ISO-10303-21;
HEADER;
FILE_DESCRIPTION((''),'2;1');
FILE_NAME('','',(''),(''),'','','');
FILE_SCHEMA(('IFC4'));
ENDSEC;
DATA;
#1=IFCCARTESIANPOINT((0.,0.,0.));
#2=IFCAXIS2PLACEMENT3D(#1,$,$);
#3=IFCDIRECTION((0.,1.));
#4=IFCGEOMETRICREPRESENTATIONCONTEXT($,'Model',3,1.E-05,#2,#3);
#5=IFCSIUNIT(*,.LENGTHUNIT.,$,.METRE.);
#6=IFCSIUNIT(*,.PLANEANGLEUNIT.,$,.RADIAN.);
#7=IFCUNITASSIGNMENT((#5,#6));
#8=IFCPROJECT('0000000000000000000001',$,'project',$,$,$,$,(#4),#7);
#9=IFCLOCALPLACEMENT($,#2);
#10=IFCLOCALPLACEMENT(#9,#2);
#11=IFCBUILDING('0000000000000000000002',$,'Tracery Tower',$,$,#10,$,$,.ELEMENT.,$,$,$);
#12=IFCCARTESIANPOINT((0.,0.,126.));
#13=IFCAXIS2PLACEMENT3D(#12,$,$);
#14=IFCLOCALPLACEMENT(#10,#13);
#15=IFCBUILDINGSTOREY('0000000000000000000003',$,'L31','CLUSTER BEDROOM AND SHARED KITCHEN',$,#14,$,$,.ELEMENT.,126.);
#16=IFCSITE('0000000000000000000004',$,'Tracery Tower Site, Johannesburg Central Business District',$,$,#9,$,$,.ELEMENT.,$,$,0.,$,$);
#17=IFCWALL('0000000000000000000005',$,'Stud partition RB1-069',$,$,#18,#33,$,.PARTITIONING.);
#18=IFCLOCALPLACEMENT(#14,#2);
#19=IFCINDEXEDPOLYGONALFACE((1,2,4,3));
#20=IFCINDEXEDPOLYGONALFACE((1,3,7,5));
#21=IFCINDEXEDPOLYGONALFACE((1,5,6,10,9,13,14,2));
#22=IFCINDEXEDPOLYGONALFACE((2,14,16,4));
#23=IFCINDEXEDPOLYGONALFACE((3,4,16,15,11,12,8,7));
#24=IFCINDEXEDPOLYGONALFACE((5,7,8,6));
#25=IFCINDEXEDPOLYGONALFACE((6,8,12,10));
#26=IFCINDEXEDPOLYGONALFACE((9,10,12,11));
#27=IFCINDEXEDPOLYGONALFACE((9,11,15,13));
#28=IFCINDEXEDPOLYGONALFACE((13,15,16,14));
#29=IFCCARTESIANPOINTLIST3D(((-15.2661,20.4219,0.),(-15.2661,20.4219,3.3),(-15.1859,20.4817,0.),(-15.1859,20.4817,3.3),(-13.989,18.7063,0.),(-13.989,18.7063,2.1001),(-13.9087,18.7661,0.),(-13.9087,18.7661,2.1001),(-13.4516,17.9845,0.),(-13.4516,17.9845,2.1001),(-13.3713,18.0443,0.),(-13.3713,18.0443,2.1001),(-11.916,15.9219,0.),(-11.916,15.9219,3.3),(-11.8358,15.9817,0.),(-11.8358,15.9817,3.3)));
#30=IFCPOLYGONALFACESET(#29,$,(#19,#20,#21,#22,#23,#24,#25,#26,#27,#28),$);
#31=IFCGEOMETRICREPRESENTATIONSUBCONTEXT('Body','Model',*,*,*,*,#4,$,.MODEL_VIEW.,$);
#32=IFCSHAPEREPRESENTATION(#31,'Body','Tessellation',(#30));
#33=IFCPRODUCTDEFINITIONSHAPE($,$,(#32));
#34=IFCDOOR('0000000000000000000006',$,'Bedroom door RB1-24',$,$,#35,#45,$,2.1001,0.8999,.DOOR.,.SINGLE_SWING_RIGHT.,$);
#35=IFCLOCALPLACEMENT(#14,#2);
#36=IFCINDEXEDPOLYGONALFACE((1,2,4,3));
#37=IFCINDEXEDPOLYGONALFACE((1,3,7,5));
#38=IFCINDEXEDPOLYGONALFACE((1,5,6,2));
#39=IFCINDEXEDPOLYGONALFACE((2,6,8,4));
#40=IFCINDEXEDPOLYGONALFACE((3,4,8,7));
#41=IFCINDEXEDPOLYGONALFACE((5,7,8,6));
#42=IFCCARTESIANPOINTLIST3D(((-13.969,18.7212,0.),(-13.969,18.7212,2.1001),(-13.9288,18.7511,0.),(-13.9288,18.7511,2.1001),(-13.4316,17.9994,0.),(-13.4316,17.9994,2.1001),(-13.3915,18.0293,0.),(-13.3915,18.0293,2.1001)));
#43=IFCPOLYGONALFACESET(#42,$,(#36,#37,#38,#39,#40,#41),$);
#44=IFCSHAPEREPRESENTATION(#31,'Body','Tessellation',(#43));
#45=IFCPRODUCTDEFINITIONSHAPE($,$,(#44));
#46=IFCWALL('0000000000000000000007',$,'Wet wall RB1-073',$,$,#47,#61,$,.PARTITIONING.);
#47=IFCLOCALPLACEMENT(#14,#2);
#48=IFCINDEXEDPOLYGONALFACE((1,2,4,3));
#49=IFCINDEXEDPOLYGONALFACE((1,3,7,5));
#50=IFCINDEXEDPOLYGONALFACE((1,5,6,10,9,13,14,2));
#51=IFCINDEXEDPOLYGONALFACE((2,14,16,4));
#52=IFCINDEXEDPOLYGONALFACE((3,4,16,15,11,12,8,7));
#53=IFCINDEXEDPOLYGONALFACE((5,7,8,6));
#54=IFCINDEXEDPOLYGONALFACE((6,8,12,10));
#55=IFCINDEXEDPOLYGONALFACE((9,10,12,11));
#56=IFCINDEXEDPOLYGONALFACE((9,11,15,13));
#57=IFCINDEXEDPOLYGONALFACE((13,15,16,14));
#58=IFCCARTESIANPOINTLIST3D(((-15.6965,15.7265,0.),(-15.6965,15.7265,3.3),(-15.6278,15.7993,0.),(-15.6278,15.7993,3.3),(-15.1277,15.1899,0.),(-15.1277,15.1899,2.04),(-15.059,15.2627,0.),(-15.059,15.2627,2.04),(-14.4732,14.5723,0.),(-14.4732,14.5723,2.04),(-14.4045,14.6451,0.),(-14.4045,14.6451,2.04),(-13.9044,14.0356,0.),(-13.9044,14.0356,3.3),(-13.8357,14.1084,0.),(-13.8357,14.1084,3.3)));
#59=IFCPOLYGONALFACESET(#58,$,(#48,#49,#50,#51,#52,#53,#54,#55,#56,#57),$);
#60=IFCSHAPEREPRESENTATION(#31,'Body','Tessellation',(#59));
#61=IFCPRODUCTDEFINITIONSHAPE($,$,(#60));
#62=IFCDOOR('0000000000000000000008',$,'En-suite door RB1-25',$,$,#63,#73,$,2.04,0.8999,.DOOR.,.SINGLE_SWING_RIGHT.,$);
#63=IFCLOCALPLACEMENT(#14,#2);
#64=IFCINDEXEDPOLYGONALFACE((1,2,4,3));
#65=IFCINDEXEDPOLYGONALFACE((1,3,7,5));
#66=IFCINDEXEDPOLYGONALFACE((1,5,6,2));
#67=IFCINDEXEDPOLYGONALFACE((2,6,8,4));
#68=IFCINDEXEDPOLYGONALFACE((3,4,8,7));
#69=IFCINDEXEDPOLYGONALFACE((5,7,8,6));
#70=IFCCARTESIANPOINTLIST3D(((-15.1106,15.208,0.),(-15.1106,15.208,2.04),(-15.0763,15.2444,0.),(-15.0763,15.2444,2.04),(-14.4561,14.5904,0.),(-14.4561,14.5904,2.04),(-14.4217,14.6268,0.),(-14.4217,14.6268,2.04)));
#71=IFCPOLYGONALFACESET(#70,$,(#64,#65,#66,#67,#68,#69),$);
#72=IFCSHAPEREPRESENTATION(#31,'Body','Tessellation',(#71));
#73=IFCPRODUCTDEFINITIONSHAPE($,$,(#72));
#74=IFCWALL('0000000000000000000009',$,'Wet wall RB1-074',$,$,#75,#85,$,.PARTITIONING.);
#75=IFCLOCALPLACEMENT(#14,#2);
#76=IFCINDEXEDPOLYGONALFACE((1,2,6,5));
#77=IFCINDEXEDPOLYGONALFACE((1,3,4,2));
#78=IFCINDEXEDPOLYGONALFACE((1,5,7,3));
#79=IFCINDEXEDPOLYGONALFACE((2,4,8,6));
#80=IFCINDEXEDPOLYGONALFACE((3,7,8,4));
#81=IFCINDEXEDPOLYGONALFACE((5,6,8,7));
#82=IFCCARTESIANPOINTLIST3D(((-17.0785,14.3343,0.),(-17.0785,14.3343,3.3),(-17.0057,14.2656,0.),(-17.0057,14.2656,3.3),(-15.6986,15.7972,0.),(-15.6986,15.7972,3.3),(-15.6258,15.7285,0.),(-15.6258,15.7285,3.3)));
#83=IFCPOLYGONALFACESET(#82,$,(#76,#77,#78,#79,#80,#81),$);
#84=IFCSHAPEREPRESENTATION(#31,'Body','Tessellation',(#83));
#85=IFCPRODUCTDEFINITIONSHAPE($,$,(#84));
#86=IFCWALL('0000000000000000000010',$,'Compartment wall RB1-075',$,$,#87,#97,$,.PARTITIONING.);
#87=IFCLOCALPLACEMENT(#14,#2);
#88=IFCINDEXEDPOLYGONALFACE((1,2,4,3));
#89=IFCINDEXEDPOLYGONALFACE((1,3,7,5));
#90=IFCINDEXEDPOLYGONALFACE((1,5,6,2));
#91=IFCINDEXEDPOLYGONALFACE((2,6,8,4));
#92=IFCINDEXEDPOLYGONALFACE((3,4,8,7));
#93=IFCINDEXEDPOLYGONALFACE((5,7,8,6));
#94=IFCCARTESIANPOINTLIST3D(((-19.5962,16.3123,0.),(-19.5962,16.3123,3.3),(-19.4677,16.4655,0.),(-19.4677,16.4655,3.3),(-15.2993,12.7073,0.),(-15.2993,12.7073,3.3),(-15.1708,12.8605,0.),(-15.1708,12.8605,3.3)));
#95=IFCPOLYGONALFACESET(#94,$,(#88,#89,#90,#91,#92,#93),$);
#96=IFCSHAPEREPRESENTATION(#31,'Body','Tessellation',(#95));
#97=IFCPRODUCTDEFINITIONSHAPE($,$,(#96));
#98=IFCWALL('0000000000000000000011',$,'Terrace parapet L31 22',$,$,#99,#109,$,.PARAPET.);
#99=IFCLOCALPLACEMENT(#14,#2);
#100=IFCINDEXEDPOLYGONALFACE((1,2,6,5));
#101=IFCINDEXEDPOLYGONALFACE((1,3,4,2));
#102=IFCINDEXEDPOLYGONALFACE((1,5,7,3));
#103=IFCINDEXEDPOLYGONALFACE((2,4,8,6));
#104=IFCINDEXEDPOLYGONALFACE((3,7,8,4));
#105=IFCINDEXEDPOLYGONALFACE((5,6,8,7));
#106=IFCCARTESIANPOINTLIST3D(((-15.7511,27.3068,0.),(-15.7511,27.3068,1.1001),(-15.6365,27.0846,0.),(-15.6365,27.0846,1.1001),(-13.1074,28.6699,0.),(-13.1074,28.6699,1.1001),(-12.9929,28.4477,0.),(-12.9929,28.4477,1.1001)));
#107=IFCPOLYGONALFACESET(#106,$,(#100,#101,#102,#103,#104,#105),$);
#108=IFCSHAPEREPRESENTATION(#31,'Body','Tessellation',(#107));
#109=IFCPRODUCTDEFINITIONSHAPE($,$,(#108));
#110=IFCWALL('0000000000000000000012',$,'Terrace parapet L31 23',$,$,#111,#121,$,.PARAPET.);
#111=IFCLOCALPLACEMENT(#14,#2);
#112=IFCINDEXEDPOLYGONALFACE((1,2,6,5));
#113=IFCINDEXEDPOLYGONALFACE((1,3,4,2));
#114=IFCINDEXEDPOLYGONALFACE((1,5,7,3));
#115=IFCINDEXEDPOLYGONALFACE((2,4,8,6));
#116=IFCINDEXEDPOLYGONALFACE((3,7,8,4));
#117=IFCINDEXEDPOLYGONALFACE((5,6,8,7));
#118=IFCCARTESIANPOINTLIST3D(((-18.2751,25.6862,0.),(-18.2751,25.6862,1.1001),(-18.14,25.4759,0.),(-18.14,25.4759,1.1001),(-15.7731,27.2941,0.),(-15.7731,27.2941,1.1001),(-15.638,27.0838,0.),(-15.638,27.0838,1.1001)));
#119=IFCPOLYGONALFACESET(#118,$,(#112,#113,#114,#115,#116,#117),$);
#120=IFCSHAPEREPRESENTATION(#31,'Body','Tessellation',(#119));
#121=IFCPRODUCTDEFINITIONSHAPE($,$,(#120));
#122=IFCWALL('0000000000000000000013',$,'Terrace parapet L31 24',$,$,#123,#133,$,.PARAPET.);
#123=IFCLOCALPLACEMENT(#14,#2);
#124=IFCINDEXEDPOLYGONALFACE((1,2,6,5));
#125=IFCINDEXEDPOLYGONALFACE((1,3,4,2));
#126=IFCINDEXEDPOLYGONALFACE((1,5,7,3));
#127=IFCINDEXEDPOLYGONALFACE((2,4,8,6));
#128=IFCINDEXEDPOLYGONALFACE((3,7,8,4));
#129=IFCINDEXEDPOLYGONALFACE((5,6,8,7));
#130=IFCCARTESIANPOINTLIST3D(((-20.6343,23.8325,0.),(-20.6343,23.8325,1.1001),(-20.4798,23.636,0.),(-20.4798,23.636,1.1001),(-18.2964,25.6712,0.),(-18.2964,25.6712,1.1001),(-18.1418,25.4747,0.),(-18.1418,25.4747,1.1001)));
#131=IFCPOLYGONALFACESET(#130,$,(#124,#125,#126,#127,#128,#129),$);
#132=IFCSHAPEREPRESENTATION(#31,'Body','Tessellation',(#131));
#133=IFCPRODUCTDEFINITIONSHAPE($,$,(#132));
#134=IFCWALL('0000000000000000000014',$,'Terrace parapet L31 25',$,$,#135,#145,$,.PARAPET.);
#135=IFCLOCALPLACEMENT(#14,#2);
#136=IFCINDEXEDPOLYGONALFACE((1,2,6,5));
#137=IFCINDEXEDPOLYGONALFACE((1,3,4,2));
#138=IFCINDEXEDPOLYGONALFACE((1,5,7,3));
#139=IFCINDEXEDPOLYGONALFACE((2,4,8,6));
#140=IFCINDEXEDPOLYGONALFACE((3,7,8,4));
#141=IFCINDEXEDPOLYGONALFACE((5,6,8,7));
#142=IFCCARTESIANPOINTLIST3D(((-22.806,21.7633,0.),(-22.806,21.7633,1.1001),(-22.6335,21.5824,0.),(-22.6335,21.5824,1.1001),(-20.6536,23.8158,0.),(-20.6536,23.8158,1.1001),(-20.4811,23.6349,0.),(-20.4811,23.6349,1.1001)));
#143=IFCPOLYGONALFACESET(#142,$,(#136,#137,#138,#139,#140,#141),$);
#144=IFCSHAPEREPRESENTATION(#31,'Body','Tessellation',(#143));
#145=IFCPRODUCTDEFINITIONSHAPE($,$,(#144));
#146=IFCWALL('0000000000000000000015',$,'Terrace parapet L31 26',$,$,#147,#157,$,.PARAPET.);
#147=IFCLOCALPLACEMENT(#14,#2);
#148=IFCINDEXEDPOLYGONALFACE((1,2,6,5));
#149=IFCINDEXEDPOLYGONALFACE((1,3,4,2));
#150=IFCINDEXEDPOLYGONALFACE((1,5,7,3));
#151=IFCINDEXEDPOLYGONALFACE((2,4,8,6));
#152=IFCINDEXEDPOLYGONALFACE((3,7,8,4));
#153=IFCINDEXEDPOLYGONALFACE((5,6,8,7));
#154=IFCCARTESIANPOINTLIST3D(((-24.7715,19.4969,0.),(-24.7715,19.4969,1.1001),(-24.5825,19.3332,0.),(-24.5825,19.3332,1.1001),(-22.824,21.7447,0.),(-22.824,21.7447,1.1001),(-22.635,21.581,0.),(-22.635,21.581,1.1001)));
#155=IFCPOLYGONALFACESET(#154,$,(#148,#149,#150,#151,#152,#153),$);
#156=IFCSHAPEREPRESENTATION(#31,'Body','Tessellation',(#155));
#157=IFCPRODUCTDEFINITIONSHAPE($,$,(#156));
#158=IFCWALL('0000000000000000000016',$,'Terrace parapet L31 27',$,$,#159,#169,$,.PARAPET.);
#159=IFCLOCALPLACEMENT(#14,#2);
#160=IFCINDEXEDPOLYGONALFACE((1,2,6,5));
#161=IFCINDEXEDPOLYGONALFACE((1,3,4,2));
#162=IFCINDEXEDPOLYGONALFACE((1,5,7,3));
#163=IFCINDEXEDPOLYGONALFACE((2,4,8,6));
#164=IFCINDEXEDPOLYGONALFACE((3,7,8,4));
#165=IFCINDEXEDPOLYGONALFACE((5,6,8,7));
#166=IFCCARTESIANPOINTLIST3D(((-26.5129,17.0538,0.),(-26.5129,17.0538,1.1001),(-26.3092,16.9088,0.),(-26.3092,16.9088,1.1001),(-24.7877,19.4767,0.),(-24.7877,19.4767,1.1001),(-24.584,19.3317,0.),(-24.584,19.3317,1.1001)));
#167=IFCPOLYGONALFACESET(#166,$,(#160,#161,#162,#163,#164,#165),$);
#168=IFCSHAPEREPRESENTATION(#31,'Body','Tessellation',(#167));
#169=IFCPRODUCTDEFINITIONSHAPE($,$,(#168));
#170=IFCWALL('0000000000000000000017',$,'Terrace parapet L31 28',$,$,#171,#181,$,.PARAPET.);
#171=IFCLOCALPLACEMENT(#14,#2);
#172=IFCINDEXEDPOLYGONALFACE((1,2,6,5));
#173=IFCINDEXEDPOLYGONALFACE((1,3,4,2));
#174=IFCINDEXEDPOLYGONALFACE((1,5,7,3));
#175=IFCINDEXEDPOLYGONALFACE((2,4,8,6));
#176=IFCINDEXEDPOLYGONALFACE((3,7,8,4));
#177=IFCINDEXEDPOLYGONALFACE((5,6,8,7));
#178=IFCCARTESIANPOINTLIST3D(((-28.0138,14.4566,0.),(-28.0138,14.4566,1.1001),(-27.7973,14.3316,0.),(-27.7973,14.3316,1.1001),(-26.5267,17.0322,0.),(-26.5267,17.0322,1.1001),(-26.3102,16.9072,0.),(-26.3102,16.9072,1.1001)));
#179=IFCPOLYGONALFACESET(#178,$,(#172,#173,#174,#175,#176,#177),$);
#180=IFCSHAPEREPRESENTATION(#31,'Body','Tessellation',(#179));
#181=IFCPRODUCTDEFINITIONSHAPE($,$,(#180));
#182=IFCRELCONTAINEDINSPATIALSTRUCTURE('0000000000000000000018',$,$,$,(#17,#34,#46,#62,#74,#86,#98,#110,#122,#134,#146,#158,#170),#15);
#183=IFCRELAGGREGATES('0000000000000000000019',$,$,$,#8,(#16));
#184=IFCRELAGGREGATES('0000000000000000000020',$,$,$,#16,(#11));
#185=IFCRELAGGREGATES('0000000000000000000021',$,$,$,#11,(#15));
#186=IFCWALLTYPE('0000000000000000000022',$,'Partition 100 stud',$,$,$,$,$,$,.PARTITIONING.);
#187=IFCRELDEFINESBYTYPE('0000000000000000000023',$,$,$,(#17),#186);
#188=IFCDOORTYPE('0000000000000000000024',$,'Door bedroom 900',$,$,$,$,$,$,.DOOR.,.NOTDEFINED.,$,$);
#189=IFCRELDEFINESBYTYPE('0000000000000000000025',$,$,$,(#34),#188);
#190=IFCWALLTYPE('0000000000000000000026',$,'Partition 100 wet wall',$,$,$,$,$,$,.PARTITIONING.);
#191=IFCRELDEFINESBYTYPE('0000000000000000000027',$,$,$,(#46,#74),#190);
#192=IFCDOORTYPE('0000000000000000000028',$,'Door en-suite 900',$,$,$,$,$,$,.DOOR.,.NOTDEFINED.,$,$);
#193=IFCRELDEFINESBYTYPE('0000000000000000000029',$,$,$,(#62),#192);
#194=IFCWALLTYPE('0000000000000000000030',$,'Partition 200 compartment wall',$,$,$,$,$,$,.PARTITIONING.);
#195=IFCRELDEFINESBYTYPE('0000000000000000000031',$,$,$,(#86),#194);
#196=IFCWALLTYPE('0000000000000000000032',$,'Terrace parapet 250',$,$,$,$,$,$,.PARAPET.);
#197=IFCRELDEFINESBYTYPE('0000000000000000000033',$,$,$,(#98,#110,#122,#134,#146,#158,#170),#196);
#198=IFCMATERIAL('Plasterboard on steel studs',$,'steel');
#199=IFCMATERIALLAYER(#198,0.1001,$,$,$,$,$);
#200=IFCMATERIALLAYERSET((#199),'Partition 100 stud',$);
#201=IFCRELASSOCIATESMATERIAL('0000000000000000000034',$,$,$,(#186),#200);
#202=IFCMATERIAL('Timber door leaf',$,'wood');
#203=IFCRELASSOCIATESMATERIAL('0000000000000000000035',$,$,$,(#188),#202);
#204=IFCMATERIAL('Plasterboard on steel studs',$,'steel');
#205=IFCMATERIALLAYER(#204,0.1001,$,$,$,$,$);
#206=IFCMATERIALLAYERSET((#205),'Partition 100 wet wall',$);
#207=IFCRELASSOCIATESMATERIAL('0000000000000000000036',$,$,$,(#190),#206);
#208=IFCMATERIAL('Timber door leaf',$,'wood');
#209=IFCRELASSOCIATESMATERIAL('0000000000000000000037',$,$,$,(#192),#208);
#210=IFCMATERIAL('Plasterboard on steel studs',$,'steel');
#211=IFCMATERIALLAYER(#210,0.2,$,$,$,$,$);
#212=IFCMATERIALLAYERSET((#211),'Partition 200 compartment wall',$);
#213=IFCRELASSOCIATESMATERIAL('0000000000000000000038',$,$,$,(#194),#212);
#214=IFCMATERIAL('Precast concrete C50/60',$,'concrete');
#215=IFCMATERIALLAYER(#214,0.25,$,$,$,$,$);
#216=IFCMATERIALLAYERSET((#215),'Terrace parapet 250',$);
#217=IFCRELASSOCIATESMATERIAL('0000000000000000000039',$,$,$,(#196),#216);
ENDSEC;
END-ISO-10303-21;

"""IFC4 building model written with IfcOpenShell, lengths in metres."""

from ifc_helpers import new_model, si_unit, direction, frame, frame_2d, origin, place, context, subcontext, project, spatial, rectangle, extrude, material, layer, layer_set, type_object, element, fill, save


model = new_model("IFC4")

# Units and contexts
model_context = context("Model", 3, precision=1e-05, world=origin(), true_north=direction((0.0, 1.0)))
body_context = subcontext(model_context, "Body", "Model", "MODEL_VIEW")
ifc_project = project(units=[si_unit("LENGTHUNIT", "METRE"), si_unit("PLANEANGLEUNIT", "RADIAN")], contexts=[model_context])

# Site, building, storey
site_placement = place(None, origin())
site = spatial("IfcSite", under=ifc_project, at=site_placement, Name="Tracery Tower Site, Johannesburg Central Business District", CompositionType="ELEMENT", RefElevation=0.0)
building_placement = place(site_placement, origin())
building = spatial("IfcBuilding", under=site, at=building_placement, Name="Tracery Tower", CompositionType="ELEMENT")
storey_placement = place(building_placement, frame((0.0, 0.0, 126.0)))
storey = spatial("IfcBuildingStorey", under=building, at=storey_placement, Name="L31", Description="CLUSTER BEDROOM AND SHARED KITCHEN", CompositionType="ELEMENT", Elevation=126.0)

# Walls, openings, doors
ifc_material_1 = material(Name="Plasterboard on steel studs", Category="steel")
ifc_layer_1 = layer(ifc_material_1, 0.1001)
ifc_layer_set_1 = layer_set([ifc_layer_1], Name="Partition 100 stud")
wall_type_1 = type_object("IfcWallType", Name="Partition 100 stud", PredefinedType="PARTITIONING", material=ifc_layer_set_1)
wall_1_placement = place(storey_placement, frame((-15.2261, 20.4519, 0.0), z_axis=(0.0, 0.0, 1.0), x_axis=(0.597155, -0.802126, 0.0)))
wall_1 = element("IfcWall", 1, at=wall_1_placement, inside=storey, type_object=wall_type_1, Name="Stud partition RB1-069", PredefinedType="PARTITIONING", context=body_context, shape_type="SweptSolid", body=[
    extrude(rectangle(XDim=5.6101, YDim=0.1001, at=frame_2d((2.8052, 0.0))), origin(), (0.0, 0.0, 1.0), 3.3),
])
opening_1_placement = place(wall_1_placement, frame((2.1389, 0.0, 0.0)))
opening_1 = element("IfcOpeningElement", 2, at=opening_1_placement, cuts=wall_1, PredefinedType="OPENING", context=body_context, shape_type="SweptSolid", body=[
    extrude(rectangle(XDim=0.8999, YDim=2.1001, at=frame_2d((0.45, 1.05))), frame((0.0, 0.05, 0.0), z_axis=(0.0, -1.0, 0.0), x_axis=(1.0, 0.0, 0.0)), (0.0, 0.0, 1.0), 0.1001),
])
ifc_material_2 = material(Name="Timber door leaf", Category="wood")
door_type_1 = type_object("IfcDoorType", Name="Door bedroom 900", OperationType="NOTDEFINED", PredefinedType="DOOR", material=ifc_material_2)
door_1_placement = place(opening_1_placement, origin())
door_1 = element("IfcDoor", 3, at=door_1_placement, inside=storey, type_object=door_type_1, Name="Bedroom door RB1-24", OperationType="SINGLE_SWING_RIGHT", OverallHeight=2.1001, OverallWidth=0.8999, PredefinedType="DOOR", context=body_context, shape_type="SweptSolid", body=[
    extrude(rectangle(XDim=0.8999, YDim=2.1001, at=frame_2d((0.45, 1.05))), frame((0.0, 0.0249, 0.0), z_axis=(0.0, -1.0, 0.0), x_axis=(1.0, 0.0, 0.0)), (0.0, 0.0, 1.0), 0.05),
])
fill(opening_1, door_1)
ifc_material_3 = material(Name="Plasterboard on steel studs", Category="steel")
ifc_layer_2 = layer(ifc_material_3, 0.1001)
ifc_layer_set_2 = layer_set([ifc_layer_2], Name="Partition 100 wet wall")
wall_type_2 = type_object("IfcWallType", Name="Partition 100 wet wall", PredefinedType="PARTITIONING", material=ifc_layer_set_2)
wall_2_placement = place(storey_placement, frame((-15.6621, 15.7629, 0.0), z_axis=(0.0, 0.0, 1.0), x_axis=(0.727321, -0.686298, 0.0)))
wall_2 = element("IfcWall", 4, at=wall_2_placement, inside=storey, type_object=wall_type_2, Name="Wet wall RB1-073", PredefinedType="PARTITIONING", context=body_context, shape_type="SweptSolid", body=[
    extrude(rectangle(XDim=2.4639, YDim=0.1001, at=frame_2d((1.2319, 0.0))), origin(), (0.0, 0.0, 1.0), 3.3),
])
opening_2_placement = place(wall_2_placement, frame((0.782, 0.0, 0.0)))
opening_2 = element("IfcOpeningElement", 5, at=opening_2_placement, cuts=wall_2, PredefinedType="OPENING", context=body_context, shape_type="SweptSolid", body=[
    extrude(rectangle(XDim=0.8999, YDim=2.04, at=frame_2d((0.45, 1.02))), frame((0.0, 0.05, 0.0), z_axis=(0.0, -1.0, 0.0), x_axis=(1.0, 0.0, 0.0)), (0.0, 0.0, 1.0), 0.1001),
])
ifc_material_4 = material(Name="Timber door leaf", Category="wood")
door_type_2 = type_object("IfcDoorType", Name="Door en-suite 900", OperationType="NOTDEFINED", PredefinedType="DOOR", material=ifc_material_4)
door_2_placement = place(opening_2_placement, origin())
door_2 = element("IfcDoor", 6, at=door_2_placement, inside=storey, type_object=door_type_2, Name="En-suite door RB1-25", OperationType="SINGLE_SWING_RIGHT", OverallHeight=2.04, OverallWidth=0.8999, PredefinedType="DOOR", context=body_context, shape_type="SweptSolid", body=[
    extrude(rectangle(XDim=0.8999, YDim=2.04, at=frame_2d((0.45, 1.02))), frame((0.0, 0.0249, 0.0), z_axis=(0.0, -1.0, 0.0), x_axis=(1.0, 0.0, 0.0)), (0.0, 0.0, 1.0), 0.05),
])
fill(opening_2, door_2)

# Walls
wall_3_placement = place(storey_placement, frame((-17.042, 14.3, 0.0), z_axis=(0.0, 0.0, 1.0), x_axis=(0.686167, 0.727444, 0.0)))
element("IfcWall", 7, at=wall_3_placement, inside=storey, type_object=wall_type_2, Name="Wet wall RB1-074", PredefinedType="PARTITIONING", context=body_context, shape_type="SweptSolid", body=[
    extrude(rectangle(XDim=2.011, YDim=0.1001, at=frame_2d((1.0054, 0.0))), origin(), (0.0, 0.0, 1.0), 3.3),
])
ifc_material_5 = material(Name="Plasterboard on steel studs", Category="steel")
ifc_layer_3 = layer(ifc_material_5, 0.2)
ifc_layer_set_3 = layer_set([ifc_layer_3], Name="Partition 200 compartment wall")
wall_type_3 = type_object("IfcWallType", Name="Partition 200 compartment wall", PredefinedType="PARTITIONING", material=ifc_layer_set_3)
wall_4_placement = place(storey_placement, frame((-19.532, 16.3889, 0.0), z_axis=(0.0, 0.0, 1.0), x_axis=(0.766091, -0.642733, 0.0)))
element("IfcWall", 8, at=wall_4_placement, inside=storey, type_object=wall_type_3, Name="Compartment wall RB1-075", PredefinedType="PARTITIONING", context=body_context, shape_type="SweptSolid", body=[
    extrude(rectangle(XDim=5.6089, YDim=0.2, at=frame_2d((2.8044, 0.0))), origin(), (0.0, 0.0, 1.0), 3.3),
])
ifc_material_6 = material(Name="Precast concrete C50/60", Category="concrete")
ifc_layer_4 = layer(ifc_material_6, 0.25)
ifc_layer_set_4 = layer_set([ifc_layer_4], Name="Terrace parapet 250")
wall_type_4 = type_object("IfcWallType", Name="Terrace parapet 250", PredefinedType="PARAPET", material=ifc_layer_set_4)
wall_5_placement = place(storey_placement, frame((-13.05, 28.5588, 0.0), z_axis=(0.0, 0.0, 1.0), x_axis=(-0.888809, -0.458277, 0.0)))
element("IfcWall", 9, at=wall_5_placement, inside=storey, type_object=wall_type_4, Name="Terrace parapet L31 22", PredefinedType="PARAPET", context=body_context, shape_type="SweptSolid", body=[
    extrude(rectangle(XDim=2.9744, YDim=0.25, at=frame_2d((1.4873, 0.0))), origin(), (0.0, 0.0, 1.0), 1.1001),
])
wall_6_placement = place(storey_placement, frame((-15.7056, 27.189, 0.0), z_axis=(0.0, 0.0, 1.0), x_axis=(-0.841253, -0.540641, 0.0)))
element("IfcWall", 10, at=wall_6_placement, inside=storey, type_object=wall_type_4, Name="Terrace parapet L31 23", PredefinedType="PARAPET", context=body_context, shape_type="SweptSolid", body=[
    extrude(rectangle(XDim=2.9741, YDim=0.25, at=frame_2d((1.4871, 0.0))), origin(), (0.0, 0.0, 1.0), 1.1001),
])
wall_7_placement = place(storey_placement, frame((-18.219, 25.573, 0.0), z_axis=(0.0, 0.0, 1.0), x_axis=(-0.786039, -0.618177, 0.0)))
element("IfcWall", 11, at=wall_7_placement, inside=storey, type_object=wall_type_4, Name="Terrace parapet L31 24", PredefinedType="PARAPET", context=body_context, shape_type="SweptSolid", body=[
    extrude(rectangle(XDim=2.9744, YDim=0.25, at=frame_2d((1.4873, 0.0))), origin(), (0.0, 0.0, 1.0), 1.1001),
])
for number, where, z_axis, x_axis, name in (
    (12, (-20.5674, 23.7253, 0.0), (0.0, 0.0, 1.0), (-0.723695, -0.69012, 0.0), "Terrace parapet L31 25"),
    (13, (-22.7295, 21.6628, 0.0), (0.0, 0.0, 1.0), (-0.654818, -0.755787, 0.0), "Terrace parapet L31 26"),
):
    element("IfcWall", number, at=place(storey_placement, frame(where, z_axis=z_axis, x_axis=x_axis)), inside=storey, type_object=wall_type_4, Name=name, PredefinedType="PARAPET", context=body_context, shape_type="SweptSolid", body=[
        extrude(rectangle(XDim=2.9741, YDim=0.25, at=frame_2d((1.4871, 0.0))), origin(), (0.0, 0.0, 1.0), 1.1001),
    ])
wall_8_placement = place(storey_placement, frame((-24.6858, 19.4043, 0.0), z_axis=(0.0, 0.0, 1.0), x_axis=(-0.580011, -0.814609, 0.0)))
element("IfcWall", 14, at=wall_8_placement, inside=storey, type_object=wall_type_4, Name="Terrace parapet L31 27", PredefinedType="PARAPET", context=body_context, shape_type="SweptSolid", body=[
    extrude(rectangle(XDim=2.9744, YDim=0.25, at=frame_2d((1.4873, 0.0))), origin(), (0.0, 0.0, 1.0), 1.1001),
])
for number, where, z_axis, x_axis, name in (
    (15, (-26.4185, 16.9697, 0.0), (0.0, 0.0, 1.0), (-0.499997, -0.866027, 0.0), "Terrace parapet L31 28"),
):
    element("IfcWall", number, at=place(storey_placement, frame(where, z_axis=z_axis, x_axis=x_axis)), inside=storey, type_object=wall_type_4, Name=name, PredefinedType="PARAPET", context=body_context, shape_type="SweptSolid", body=[
        extrude(rectangle(XDim=2.9741, YDim=0.25, at=frame_2d((1.4871, 0.0))), origin(), (0.0, 0.0, 1.0), 1.1001),
    ])

save(model, "model.ifc")
